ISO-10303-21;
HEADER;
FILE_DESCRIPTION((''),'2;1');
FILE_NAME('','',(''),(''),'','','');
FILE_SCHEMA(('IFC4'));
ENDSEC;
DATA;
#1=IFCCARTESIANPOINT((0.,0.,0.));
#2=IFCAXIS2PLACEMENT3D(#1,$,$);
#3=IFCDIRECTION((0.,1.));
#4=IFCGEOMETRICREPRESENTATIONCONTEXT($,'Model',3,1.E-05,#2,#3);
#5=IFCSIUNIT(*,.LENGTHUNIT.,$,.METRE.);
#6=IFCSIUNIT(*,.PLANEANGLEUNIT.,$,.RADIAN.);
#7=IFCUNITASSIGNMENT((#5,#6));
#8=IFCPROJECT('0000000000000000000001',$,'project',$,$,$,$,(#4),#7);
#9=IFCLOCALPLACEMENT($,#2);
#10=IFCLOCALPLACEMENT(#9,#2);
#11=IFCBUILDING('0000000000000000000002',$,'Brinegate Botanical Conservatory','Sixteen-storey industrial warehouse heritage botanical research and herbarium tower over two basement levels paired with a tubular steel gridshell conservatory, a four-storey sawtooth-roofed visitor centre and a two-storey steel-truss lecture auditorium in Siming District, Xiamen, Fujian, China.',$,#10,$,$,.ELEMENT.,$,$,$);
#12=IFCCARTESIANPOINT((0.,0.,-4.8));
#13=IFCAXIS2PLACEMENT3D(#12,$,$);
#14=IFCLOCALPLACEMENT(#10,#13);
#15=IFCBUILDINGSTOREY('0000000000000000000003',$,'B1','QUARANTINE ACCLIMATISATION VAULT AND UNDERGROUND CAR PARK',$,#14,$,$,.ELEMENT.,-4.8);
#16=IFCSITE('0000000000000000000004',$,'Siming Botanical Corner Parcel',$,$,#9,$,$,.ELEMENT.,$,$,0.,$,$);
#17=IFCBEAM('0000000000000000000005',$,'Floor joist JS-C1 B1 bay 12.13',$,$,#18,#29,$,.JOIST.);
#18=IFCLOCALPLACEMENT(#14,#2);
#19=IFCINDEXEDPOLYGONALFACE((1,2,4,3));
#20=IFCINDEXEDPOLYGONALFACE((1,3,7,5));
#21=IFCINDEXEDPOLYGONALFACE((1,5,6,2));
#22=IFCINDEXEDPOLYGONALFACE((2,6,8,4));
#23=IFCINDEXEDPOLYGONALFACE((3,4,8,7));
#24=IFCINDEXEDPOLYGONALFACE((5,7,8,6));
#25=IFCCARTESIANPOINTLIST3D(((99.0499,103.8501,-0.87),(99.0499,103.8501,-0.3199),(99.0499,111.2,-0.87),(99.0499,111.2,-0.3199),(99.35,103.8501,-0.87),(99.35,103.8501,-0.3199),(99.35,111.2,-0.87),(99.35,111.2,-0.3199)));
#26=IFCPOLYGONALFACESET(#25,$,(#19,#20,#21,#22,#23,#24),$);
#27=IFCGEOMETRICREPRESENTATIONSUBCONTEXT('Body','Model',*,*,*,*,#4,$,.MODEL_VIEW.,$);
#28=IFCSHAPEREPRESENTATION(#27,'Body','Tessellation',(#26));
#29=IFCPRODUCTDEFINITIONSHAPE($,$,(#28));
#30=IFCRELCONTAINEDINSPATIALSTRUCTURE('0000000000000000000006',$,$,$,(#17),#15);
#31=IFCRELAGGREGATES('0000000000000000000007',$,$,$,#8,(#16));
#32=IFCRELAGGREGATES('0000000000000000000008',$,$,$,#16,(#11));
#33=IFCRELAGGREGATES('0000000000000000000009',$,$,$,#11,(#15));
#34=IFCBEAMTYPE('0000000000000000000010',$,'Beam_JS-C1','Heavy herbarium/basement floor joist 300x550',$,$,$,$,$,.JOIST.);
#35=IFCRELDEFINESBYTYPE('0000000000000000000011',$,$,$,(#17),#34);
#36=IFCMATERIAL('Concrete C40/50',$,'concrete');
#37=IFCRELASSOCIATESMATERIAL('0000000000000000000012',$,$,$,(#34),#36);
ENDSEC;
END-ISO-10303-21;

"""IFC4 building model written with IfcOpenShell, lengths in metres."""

from ifc_helpers import new_model, si_unit, direction, frame, origin, origin_2d, place, context, subcontext, project, spatial, rectangle, extrude, material, material_profile, profile_set, type_object, element, save


model = new_model("IFC4")

# Units and contexts
model_context = context("Model", 3, precision=1e-05, world=origin(), true_north=direction((0.0, 1.0)))
body_context = subcontext(model_context, "Body", "Model", "MODEL_VIEW")
ifc_project = project(units=[si_unit("LENGTHUNIT", "METRE"), si_unit("PLANEANGLEUNIT", "RADIAN")], contexts=[model_context])

# Site, building, storey
site_placement = place(None, origin())
site = spatial("IfcSite", under=ifc_project, at=site_placement, Name="Siming Botanical Corner Parcel", CompositionType="ELEMENT", RefElevation=0.0)
building_placement = place(site_placement, origin())
building = spatial("IfcBuilding", under=site, at=building_placement, Name="Brinegate Botanical Conservatory", Description="Sixteen-storey industrial warehouse heritage botanical research and herbarium tower over two basement levels paired with a tubular steel gridshell conservatory, a four-storey sawtooth-roofed visitor centre and a two-storey steel-truss lecture auditorium in Siming District, Xiamen, Fujian, China.", CompositionType="ELEMENT")
storey_placement = place(building_placement, frame((0.0, 0.0, -4.8)))
storey = spatial("IfcBuildingStorey", under=building, at=storey_placement, Name="B1", Description="QUARANTINE ACCLIMATISATION VAULT AND UNDERGROUND CAR PARK", CompositionType="ELEMENT", Elevation=-4.8)

# Shared definitions
ifc_material = material(Name="Concrete C40/50", Category="concrete")

# Beam
ifc_material_profile_1 = material_profile(ifc_material, rectangle(XDim=0.3, YDim=0.55, at=origin_2d()), Name="RC JST 300x550")
ifc_profile_set_1 = profile_set([ifc_material_profile_1], Name="Concrete C40/50")
beam_type_1 = type_object("IfcBeamType", Name="Beam_JS-C1", Description="Heavy herbarium/basement floor joist 300x550", PredefinedType="JOIST", material=ifc_profile_set_1)
beam_1_placement = place(storey_placement, frame((99.2, 103.8501, -0.595), z_axis=(0.0, 1.0, 0.0), x_axis=(-1.0, 0.0, 0.0)))
element("IfcBeam", 1, at=beam_1_placement, inside=storey, type_object=beam_type_1, Name="Floor joist JS-C1 B1 bay 12.13", PredefinedType="JOIST", context=body_context, shape_type="SweptSolid", body=[
    extrude(rectangle(XDim=0.3, YDim=0.55, at=origin_2d()), origin(), (0.0, 0.0, 1.0), 7.3499),
])

save(model, "model.ifc")
